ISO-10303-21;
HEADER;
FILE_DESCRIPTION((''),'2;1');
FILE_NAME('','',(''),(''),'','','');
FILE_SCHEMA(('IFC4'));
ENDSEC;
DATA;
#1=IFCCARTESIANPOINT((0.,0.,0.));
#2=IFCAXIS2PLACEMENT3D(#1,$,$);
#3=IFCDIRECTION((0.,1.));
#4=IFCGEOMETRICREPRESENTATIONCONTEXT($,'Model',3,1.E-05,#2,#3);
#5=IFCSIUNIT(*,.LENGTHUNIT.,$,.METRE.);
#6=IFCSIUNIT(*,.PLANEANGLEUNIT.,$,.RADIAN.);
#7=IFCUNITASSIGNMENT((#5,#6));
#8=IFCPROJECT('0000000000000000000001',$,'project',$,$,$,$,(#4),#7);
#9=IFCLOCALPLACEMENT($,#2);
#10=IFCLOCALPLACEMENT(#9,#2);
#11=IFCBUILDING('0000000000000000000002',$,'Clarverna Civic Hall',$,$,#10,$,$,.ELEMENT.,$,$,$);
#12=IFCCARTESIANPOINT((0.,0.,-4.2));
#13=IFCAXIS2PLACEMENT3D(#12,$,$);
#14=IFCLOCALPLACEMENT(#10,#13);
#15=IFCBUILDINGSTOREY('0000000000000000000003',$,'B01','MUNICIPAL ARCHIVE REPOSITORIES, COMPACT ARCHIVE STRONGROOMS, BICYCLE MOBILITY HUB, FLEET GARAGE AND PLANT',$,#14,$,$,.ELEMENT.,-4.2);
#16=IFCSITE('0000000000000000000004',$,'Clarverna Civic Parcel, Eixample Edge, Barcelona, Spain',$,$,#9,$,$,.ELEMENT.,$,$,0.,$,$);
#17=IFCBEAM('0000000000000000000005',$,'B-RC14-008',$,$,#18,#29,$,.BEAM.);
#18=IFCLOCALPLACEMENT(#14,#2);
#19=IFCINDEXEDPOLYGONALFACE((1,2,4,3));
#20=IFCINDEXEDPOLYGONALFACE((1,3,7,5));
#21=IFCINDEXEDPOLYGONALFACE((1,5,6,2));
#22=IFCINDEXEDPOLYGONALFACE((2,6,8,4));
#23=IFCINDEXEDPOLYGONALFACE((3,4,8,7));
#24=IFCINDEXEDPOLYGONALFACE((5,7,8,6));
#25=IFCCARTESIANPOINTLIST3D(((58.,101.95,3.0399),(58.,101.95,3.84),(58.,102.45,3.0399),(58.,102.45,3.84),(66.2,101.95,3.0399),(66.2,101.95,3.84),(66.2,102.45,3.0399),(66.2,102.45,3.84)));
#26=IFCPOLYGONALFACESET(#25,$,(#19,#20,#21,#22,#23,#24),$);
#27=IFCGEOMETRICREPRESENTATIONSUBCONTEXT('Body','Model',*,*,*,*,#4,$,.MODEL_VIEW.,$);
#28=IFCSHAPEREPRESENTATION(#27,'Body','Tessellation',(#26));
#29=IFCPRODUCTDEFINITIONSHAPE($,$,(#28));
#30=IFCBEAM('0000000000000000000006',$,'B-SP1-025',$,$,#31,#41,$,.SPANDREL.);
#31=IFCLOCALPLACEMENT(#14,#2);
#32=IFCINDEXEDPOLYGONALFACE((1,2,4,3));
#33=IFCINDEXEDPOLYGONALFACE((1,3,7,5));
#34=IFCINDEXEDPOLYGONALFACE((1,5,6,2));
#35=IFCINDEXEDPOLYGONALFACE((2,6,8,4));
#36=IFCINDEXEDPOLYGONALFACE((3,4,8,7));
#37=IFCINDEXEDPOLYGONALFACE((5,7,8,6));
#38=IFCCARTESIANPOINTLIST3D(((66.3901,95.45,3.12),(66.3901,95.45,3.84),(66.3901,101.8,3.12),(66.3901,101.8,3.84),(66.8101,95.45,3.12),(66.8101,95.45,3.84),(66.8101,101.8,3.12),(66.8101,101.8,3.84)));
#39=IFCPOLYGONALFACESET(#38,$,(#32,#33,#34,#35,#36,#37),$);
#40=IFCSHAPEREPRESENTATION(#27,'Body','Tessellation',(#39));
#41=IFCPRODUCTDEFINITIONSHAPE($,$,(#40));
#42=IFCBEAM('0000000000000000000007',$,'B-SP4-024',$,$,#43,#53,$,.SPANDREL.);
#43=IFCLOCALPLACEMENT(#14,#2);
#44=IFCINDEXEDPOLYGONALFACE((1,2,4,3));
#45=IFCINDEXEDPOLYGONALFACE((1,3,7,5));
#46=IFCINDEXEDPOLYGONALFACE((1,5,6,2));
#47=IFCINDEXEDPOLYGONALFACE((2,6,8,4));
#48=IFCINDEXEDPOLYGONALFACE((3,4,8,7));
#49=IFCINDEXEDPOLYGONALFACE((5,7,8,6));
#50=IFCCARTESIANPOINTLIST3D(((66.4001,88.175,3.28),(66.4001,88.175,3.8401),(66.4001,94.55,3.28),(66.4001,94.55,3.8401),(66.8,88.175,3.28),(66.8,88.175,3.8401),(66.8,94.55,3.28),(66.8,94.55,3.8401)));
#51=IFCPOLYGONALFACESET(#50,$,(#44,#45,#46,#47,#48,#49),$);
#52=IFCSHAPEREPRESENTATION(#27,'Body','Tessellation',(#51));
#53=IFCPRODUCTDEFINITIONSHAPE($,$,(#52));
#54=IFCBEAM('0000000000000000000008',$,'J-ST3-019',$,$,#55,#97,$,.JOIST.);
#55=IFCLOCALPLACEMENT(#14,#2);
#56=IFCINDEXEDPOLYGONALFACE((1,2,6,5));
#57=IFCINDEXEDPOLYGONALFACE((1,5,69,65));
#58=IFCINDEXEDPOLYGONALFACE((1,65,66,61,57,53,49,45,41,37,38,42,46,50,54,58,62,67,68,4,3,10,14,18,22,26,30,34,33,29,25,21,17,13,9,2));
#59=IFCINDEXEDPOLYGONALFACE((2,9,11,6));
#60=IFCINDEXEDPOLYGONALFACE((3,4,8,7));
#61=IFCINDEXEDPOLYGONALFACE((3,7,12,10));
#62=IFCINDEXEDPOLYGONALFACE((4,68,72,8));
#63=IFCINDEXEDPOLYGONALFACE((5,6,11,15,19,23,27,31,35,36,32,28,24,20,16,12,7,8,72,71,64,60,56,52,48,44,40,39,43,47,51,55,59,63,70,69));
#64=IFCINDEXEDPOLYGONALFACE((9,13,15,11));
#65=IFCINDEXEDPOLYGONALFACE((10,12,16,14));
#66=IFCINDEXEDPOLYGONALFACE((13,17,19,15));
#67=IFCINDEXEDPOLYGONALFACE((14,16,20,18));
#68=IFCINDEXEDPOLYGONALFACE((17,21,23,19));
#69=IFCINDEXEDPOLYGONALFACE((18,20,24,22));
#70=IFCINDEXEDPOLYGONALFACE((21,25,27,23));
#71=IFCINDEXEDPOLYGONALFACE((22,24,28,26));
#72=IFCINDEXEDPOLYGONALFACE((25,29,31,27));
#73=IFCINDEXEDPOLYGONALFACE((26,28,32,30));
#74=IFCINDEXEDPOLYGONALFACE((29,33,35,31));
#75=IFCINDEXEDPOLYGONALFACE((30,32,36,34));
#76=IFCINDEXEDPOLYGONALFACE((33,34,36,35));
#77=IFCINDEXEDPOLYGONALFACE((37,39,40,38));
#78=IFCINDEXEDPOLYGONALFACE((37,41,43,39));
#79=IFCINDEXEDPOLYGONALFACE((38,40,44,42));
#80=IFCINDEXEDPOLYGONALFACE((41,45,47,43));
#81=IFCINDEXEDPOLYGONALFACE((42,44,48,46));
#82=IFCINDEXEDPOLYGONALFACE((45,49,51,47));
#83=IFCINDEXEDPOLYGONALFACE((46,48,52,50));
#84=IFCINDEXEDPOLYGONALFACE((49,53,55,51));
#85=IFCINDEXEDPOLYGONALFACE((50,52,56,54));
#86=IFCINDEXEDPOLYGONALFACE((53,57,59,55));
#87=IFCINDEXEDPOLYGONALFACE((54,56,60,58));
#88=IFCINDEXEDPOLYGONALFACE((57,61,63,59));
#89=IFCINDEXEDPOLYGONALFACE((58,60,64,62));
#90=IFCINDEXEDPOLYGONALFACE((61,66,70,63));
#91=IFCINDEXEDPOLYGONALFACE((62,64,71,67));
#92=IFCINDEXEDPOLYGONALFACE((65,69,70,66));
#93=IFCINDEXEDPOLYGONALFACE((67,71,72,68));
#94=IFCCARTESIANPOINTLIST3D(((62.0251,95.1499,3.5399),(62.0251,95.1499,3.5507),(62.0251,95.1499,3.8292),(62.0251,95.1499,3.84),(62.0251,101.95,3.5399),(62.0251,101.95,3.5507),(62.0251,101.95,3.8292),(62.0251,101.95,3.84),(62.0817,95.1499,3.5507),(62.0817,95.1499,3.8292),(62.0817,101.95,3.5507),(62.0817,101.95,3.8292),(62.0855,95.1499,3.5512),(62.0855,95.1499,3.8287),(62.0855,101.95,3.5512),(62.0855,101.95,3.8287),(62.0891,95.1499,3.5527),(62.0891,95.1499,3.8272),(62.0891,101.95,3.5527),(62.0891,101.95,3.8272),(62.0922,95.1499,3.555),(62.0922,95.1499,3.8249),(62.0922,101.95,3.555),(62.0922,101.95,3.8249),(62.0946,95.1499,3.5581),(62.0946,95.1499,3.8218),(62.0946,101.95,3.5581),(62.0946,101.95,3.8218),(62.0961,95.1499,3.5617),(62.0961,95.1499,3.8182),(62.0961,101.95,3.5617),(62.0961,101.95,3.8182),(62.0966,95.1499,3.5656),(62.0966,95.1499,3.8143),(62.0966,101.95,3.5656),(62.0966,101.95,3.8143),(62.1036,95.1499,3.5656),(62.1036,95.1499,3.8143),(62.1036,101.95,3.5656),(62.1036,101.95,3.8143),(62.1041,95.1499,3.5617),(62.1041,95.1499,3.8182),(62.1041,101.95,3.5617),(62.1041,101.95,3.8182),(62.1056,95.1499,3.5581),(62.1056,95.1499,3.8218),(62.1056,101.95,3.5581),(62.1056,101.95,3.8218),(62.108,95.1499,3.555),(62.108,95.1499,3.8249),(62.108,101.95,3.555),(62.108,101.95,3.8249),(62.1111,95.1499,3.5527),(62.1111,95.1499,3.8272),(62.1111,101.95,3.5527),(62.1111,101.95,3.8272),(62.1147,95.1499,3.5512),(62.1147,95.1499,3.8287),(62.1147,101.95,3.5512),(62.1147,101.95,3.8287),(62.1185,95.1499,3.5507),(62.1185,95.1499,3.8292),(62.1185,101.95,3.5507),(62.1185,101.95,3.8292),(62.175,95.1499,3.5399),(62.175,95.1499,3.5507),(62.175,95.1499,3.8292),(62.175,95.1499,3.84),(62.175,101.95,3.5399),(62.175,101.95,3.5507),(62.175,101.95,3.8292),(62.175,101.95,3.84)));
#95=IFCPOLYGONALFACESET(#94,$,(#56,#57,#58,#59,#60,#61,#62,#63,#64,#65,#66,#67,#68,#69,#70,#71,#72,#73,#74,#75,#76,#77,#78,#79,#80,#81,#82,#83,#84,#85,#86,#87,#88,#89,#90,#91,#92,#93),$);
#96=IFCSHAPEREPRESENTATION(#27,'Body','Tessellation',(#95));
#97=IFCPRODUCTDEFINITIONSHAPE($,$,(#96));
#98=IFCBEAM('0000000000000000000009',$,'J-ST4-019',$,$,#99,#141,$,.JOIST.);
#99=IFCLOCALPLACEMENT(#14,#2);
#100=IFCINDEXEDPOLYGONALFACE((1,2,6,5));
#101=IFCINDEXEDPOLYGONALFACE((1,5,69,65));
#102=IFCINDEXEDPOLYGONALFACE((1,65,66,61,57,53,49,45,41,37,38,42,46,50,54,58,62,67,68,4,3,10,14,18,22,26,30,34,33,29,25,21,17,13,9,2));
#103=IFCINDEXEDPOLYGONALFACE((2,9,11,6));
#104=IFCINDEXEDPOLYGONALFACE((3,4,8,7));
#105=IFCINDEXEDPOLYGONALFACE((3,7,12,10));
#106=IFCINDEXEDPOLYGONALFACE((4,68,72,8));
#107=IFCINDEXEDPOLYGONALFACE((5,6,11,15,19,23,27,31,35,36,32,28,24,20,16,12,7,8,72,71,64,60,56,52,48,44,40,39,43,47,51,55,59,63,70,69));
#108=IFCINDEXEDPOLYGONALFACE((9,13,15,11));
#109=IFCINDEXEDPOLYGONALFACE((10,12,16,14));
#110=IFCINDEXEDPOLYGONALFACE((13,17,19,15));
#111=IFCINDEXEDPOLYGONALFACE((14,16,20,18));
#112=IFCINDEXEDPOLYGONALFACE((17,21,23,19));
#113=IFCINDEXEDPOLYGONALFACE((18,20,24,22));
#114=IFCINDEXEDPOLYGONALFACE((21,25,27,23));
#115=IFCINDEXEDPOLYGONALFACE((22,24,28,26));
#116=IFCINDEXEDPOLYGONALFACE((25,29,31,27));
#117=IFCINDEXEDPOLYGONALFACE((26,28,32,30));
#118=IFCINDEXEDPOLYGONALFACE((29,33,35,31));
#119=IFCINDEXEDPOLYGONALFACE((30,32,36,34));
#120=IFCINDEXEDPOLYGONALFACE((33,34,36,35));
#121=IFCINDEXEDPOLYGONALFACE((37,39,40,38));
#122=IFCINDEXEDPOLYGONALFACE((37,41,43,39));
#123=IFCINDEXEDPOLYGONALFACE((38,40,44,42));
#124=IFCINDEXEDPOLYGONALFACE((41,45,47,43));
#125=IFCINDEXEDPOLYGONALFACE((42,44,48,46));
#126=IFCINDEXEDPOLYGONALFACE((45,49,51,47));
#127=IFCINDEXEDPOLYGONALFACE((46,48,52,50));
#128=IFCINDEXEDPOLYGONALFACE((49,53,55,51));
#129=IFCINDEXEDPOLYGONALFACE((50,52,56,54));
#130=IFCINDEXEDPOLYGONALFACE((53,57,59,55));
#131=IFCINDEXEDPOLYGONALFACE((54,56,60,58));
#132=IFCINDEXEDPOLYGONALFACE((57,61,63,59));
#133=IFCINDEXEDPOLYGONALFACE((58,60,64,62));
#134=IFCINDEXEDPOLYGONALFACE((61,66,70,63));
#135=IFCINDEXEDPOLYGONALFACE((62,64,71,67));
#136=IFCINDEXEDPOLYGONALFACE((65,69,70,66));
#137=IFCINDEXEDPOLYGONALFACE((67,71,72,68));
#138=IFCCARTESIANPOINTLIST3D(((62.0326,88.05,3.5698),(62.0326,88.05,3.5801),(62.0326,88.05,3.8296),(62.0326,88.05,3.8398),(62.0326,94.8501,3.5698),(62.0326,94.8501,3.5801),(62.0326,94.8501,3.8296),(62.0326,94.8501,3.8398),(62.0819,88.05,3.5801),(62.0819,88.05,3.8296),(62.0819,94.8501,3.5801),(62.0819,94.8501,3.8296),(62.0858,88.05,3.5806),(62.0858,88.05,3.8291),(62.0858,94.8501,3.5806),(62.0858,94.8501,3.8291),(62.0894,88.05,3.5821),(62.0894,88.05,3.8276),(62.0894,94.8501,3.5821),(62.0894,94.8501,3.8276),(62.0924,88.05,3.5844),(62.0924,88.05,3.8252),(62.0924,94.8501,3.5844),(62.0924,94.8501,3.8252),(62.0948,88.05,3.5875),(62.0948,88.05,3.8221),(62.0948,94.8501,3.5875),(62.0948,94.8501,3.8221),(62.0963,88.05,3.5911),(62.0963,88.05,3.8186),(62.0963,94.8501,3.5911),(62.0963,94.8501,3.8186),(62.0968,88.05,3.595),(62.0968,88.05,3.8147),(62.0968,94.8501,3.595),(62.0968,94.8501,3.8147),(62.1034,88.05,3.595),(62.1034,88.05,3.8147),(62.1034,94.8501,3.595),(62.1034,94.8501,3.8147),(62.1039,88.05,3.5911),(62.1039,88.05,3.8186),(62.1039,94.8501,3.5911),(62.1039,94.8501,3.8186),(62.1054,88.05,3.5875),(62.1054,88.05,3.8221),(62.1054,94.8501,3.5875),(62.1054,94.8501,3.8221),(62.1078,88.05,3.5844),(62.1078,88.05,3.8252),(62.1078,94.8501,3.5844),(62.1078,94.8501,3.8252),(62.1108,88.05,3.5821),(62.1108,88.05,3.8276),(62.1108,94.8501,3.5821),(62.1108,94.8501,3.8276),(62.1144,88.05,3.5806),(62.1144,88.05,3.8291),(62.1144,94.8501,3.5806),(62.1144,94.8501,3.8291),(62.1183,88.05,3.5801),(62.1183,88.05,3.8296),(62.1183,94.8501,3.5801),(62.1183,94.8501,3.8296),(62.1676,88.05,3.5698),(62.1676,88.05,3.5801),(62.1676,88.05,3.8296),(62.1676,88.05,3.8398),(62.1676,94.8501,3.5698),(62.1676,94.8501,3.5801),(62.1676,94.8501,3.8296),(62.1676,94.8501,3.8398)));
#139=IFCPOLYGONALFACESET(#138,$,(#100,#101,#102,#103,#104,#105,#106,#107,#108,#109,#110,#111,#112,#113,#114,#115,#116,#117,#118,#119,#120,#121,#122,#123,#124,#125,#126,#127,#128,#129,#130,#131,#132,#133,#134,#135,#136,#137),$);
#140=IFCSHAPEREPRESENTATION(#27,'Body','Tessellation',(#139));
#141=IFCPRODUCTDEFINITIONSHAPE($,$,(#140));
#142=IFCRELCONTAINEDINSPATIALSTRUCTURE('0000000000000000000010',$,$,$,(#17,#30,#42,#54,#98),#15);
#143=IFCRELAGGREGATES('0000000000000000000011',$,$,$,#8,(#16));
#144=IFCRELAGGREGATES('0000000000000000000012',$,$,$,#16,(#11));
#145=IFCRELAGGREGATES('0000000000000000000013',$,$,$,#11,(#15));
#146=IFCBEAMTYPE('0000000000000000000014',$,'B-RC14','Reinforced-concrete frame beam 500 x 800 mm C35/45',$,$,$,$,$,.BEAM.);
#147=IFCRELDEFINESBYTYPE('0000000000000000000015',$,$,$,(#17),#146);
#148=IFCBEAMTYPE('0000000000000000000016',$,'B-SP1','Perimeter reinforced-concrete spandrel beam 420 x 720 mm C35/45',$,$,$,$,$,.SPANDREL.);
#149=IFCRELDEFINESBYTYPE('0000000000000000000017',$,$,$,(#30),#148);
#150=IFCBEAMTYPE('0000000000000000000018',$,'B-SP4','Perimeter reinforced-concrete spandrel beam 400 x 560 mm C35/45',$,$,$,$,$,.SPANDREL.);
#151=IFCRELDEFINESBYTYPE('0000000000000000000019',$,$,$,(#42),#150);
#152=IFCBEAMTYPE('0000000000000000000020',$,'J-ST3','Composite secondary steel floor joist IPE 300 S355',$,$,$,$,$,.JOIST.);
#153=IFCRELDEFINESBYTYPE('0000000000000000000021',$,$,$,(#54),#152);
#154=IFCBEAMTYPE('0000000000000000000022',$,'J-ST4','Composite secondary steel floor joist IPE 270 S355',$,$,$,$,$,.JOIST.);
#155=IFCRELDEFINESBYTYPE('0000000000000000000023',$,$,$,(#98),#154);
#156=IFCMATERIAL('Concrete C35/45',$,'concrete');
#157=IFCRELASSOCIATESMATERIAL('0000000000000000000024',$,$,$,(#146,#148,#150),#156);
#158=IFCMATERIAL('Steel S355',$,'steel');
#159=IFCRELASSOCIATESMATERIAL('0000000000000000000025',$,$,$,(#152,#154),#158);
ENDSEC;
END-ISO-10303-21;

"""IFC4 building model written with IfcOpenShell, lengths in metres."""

from ifc_helpers import new_model, si_unit, direction, frame, origin, origin_2d, place, context, subcontext, project, spatial, rectangle, i_section, extrude, material, material_profile, profile_set, type_object, element, save


model = new_model("IFC4")

# Units and contexts
model_context = context("Model", 3, precision=1e-05, world=origin(), true_north=direction((0.0, 1.0)))
body_context = subcontext(model_context, "Body", "Model", "MODEL_VIEW")
ifc_project = project(units=[si_unit("LENGTHUNIT", "METRE"), si_unit("PLANEANGLEUNIT", "RADIAN")], contexts=[model_context])

# Site, building, storey
site_placement = place(None, origin())
site = spatial("IfcSite", under=ifc_project, at=site_placement, Name="Clarverna Civic Parcel, Eixample Edge, Barcelona, Spain", CompositionType="ELEMENT", RefElevation=0.0)
building_placement = place(site_placement, origin())
building = spatial("IfcBuilding", under=site, at=building_placement, Name="Clarverna Civic Hall", CompositionType="ELEMENT")
storey_placement = place(building_placement, frame((0.0, 0.0, -4.2)))
storey = spatial("IfcBuildingStorey", under=building, at=storey_placement, Name="B01", Description="MUNICIPAL ARCHIVE REPOSITORIES, COMPACT ARCHIVE STRONGROOMS, BICYCLE MOBILITY HUB, FLEET GARAGE AND PLANT", CompositionType="ELEMENT", Elevation=-4.2)

# Beams
ifc_material_1 = material(Name="Concrete C35/45", Category="concrete")
ifc_material_profile_1 = material_profile(ifc_material_1, rectangle(XDim=0.5, YDim=0.8, at=origin_2d()), Name="RC 500x800")
ifc_profile_set_1 = profile_set([ifc_material_profile_1], Name="Concrete C35/45")
beam_type_1 = type_object("IfcBeamType", Name="B-RC14", Description="Reinforced-concrete frame beam 500 x 800 mm C35/45", PredefinedType="BEAM", material=ifc_profile_set_1)
beam_1_placement = place(storey_placement, frame((58.0, 102.2, 3.4399), z_axis=(1.0, 0.0, 0.0), x_axis=(0.0, 1.0, 0.0)))
element("IfcBeam", 1, at=beam_1_placement, inside=storey, type_object=beam_type_1, Name="B-RC14-008", PredefinedType="BEAM", context=body_context, shape_type="SweptSolid", body=[
    extrude(rectangle(XDim=0.5, YDim=0.8, at=origin_2d()), origin(), (0.0, 0.0, 1.0), 8.2),
])
ifc_material_profile_2 = material_profile(ifc_material_1, rectangle(XDim=0.4199, YDim=0.72, at=origin_2d()), Name="RC 420x720")
ifc_profile_set_2 = profile_set([ifc_material_profile_2], Name="Concrete C35/45")
beam_type_2 = type_object("IfcBeamType", Name="B-SP1", Description="Perimeter reinforced-concrete spandrel beam 420 x 720 mm C35/45", PredefinedType="SPANDREL", material=ifc_profile_set_2)
beam_2_placement = place(storey_placement, frame((66.6001, 95.45, 3.48), z_axis=(0.0, 1.0, 0.0), x_axis=(-1.0, 0.0, 0.0)))
element("IfcBeam", 2, at=beam_2_placement, inside=storey, type_object=beam_type_2, Name="B-SP1-025", PredefinedType="SPANDREL", context=body_context, shape_type="SweptSolid", body=[
    extrude(rectangle(XDim=0.4199, YDim=0.72, at=origin_2d()), origin(), (0.0, 0.0, 1.0), 6.3501),
])
ifc_material_profile_3 = material_profile(ifc_material_1, rectangle(XDim=0.3999, YDim=0.5601, at=origin_2d()), Name="RC 400x560")
ifc_profile_set_3 = profile_set([ifc_material_profile_3], Name="Concrete C35/45")
beam_type_3 = type_object("IfcBeamType", Name="B-SP4", Description="Perimeter reinforced-concrete spandrel beam 400 x 560 mm C35/45", PredefinedType="SPANDREL", material=ifc_profile_set_3)
beam_3_placement = place(storey_placement, frame((66.6001, 88.175, 3.5601), z_axis=(0.0, 1.0, 0.0), x_axis=(-1.0, 0.0, 0.0)))
element("IfcBeam", 3, at=beam_3_placement, inside=storey, type_object=beam_type_3, Name="B-SP4-024", PredefinedType="SPANDREL", context=body_context, shape_type="SweptSolid", body=[
    extrude(rectangle(XDim=0.3999, YDim=0.5601, at=origin_2d()), origin(), (0.0, 0.0, 1.0), 6.375),
])
ifc_material_2 = material(Name="Steel S355", Category="steel")
ifc_material_profile_4 = material_profile(ifc_material_2, i_section(OverallWidth=0.1499, OverallDepth=0.3, WebThickness=0.0071, FlangeThickness=0.0107, FilletRadius=0.0149, at=origin_2d()), Name="IPE 300")
ifc_profile_set_4 = profile_set([ifc_material_profile_4], Name="Steel S355")
beam_type_4 = type_object("IfcBeamType", Name="J-ST3", Description="Composite secondary steel floor joist IPE 300 S355", PredefinedType="JOIST", material=ifc_profile_set_4)
beam_4_placement = place(storey_placement, frame((62.1001, 95.1499, 3.6899), z_axis=(0.0, 1.0, 0.0), x_axis=(-1.0, 0.0, 0.0)))
element("IfcBeam", 4, at=beam_4_placement, inside=storey, type_object=beam_type_4, Name="J-ST3-019", PredefinedType="JOIST", context=body_context, shape_type="SweptSolid", body=[
    extrude(i_section(OverallWidth=0.1499, OverallDepth=0.3, WebThickness=0.0071, FlangeThickness=0.0107, FilletRadius=0.0149, at=origin_2d()), origin(), (0.0, 0.0, 1.0), 6.8),
])
ifc_material_profile_5 = material_profile(ifc_material_2, i_section(OverallWidth=0.135, OverallDepth=0.27, WebThickness=0.0066, FlangeThickness=0.0103, FilletRadius=0.0149, at=origin_2d()), Name="IPE 270")
ifc_profile_set_5 = profile_set([ifc_material_profile_5], Name="Steel S355")
beam_type_5 = type_object("IfcBeamType", Name="J-ST4", Description="Composite secondary steel floor joist IPE 270 S355", PredefinedType="JOIST", material=ifc_profile_set_5)
beam_5_placement = place(storey_placement, frame((62.1001, 88.05, 3.7048), z_axis=(0.0, 1.0, 0.0), x_axis=(-1.0, 0.0, 0.0)))
element("IfcBeam", 5, at=beam_5_placement, inside=storey, type_object=beam_type_5, Name="J-ST4-019", PredefinedType="JOIST", context=body_context, shape_type="SweptSolid", body=[
    extrude(i_section(OverallWidth=0.135, OverallDepth=0.27, WebThickness=0.0066, FlangeThickness=0.0103, FilletRadius=0.0149, at=origin_2d()), origin(), (0.0, 0.0, 1.0), 6.8),
])

save(model, "model.ifc")
